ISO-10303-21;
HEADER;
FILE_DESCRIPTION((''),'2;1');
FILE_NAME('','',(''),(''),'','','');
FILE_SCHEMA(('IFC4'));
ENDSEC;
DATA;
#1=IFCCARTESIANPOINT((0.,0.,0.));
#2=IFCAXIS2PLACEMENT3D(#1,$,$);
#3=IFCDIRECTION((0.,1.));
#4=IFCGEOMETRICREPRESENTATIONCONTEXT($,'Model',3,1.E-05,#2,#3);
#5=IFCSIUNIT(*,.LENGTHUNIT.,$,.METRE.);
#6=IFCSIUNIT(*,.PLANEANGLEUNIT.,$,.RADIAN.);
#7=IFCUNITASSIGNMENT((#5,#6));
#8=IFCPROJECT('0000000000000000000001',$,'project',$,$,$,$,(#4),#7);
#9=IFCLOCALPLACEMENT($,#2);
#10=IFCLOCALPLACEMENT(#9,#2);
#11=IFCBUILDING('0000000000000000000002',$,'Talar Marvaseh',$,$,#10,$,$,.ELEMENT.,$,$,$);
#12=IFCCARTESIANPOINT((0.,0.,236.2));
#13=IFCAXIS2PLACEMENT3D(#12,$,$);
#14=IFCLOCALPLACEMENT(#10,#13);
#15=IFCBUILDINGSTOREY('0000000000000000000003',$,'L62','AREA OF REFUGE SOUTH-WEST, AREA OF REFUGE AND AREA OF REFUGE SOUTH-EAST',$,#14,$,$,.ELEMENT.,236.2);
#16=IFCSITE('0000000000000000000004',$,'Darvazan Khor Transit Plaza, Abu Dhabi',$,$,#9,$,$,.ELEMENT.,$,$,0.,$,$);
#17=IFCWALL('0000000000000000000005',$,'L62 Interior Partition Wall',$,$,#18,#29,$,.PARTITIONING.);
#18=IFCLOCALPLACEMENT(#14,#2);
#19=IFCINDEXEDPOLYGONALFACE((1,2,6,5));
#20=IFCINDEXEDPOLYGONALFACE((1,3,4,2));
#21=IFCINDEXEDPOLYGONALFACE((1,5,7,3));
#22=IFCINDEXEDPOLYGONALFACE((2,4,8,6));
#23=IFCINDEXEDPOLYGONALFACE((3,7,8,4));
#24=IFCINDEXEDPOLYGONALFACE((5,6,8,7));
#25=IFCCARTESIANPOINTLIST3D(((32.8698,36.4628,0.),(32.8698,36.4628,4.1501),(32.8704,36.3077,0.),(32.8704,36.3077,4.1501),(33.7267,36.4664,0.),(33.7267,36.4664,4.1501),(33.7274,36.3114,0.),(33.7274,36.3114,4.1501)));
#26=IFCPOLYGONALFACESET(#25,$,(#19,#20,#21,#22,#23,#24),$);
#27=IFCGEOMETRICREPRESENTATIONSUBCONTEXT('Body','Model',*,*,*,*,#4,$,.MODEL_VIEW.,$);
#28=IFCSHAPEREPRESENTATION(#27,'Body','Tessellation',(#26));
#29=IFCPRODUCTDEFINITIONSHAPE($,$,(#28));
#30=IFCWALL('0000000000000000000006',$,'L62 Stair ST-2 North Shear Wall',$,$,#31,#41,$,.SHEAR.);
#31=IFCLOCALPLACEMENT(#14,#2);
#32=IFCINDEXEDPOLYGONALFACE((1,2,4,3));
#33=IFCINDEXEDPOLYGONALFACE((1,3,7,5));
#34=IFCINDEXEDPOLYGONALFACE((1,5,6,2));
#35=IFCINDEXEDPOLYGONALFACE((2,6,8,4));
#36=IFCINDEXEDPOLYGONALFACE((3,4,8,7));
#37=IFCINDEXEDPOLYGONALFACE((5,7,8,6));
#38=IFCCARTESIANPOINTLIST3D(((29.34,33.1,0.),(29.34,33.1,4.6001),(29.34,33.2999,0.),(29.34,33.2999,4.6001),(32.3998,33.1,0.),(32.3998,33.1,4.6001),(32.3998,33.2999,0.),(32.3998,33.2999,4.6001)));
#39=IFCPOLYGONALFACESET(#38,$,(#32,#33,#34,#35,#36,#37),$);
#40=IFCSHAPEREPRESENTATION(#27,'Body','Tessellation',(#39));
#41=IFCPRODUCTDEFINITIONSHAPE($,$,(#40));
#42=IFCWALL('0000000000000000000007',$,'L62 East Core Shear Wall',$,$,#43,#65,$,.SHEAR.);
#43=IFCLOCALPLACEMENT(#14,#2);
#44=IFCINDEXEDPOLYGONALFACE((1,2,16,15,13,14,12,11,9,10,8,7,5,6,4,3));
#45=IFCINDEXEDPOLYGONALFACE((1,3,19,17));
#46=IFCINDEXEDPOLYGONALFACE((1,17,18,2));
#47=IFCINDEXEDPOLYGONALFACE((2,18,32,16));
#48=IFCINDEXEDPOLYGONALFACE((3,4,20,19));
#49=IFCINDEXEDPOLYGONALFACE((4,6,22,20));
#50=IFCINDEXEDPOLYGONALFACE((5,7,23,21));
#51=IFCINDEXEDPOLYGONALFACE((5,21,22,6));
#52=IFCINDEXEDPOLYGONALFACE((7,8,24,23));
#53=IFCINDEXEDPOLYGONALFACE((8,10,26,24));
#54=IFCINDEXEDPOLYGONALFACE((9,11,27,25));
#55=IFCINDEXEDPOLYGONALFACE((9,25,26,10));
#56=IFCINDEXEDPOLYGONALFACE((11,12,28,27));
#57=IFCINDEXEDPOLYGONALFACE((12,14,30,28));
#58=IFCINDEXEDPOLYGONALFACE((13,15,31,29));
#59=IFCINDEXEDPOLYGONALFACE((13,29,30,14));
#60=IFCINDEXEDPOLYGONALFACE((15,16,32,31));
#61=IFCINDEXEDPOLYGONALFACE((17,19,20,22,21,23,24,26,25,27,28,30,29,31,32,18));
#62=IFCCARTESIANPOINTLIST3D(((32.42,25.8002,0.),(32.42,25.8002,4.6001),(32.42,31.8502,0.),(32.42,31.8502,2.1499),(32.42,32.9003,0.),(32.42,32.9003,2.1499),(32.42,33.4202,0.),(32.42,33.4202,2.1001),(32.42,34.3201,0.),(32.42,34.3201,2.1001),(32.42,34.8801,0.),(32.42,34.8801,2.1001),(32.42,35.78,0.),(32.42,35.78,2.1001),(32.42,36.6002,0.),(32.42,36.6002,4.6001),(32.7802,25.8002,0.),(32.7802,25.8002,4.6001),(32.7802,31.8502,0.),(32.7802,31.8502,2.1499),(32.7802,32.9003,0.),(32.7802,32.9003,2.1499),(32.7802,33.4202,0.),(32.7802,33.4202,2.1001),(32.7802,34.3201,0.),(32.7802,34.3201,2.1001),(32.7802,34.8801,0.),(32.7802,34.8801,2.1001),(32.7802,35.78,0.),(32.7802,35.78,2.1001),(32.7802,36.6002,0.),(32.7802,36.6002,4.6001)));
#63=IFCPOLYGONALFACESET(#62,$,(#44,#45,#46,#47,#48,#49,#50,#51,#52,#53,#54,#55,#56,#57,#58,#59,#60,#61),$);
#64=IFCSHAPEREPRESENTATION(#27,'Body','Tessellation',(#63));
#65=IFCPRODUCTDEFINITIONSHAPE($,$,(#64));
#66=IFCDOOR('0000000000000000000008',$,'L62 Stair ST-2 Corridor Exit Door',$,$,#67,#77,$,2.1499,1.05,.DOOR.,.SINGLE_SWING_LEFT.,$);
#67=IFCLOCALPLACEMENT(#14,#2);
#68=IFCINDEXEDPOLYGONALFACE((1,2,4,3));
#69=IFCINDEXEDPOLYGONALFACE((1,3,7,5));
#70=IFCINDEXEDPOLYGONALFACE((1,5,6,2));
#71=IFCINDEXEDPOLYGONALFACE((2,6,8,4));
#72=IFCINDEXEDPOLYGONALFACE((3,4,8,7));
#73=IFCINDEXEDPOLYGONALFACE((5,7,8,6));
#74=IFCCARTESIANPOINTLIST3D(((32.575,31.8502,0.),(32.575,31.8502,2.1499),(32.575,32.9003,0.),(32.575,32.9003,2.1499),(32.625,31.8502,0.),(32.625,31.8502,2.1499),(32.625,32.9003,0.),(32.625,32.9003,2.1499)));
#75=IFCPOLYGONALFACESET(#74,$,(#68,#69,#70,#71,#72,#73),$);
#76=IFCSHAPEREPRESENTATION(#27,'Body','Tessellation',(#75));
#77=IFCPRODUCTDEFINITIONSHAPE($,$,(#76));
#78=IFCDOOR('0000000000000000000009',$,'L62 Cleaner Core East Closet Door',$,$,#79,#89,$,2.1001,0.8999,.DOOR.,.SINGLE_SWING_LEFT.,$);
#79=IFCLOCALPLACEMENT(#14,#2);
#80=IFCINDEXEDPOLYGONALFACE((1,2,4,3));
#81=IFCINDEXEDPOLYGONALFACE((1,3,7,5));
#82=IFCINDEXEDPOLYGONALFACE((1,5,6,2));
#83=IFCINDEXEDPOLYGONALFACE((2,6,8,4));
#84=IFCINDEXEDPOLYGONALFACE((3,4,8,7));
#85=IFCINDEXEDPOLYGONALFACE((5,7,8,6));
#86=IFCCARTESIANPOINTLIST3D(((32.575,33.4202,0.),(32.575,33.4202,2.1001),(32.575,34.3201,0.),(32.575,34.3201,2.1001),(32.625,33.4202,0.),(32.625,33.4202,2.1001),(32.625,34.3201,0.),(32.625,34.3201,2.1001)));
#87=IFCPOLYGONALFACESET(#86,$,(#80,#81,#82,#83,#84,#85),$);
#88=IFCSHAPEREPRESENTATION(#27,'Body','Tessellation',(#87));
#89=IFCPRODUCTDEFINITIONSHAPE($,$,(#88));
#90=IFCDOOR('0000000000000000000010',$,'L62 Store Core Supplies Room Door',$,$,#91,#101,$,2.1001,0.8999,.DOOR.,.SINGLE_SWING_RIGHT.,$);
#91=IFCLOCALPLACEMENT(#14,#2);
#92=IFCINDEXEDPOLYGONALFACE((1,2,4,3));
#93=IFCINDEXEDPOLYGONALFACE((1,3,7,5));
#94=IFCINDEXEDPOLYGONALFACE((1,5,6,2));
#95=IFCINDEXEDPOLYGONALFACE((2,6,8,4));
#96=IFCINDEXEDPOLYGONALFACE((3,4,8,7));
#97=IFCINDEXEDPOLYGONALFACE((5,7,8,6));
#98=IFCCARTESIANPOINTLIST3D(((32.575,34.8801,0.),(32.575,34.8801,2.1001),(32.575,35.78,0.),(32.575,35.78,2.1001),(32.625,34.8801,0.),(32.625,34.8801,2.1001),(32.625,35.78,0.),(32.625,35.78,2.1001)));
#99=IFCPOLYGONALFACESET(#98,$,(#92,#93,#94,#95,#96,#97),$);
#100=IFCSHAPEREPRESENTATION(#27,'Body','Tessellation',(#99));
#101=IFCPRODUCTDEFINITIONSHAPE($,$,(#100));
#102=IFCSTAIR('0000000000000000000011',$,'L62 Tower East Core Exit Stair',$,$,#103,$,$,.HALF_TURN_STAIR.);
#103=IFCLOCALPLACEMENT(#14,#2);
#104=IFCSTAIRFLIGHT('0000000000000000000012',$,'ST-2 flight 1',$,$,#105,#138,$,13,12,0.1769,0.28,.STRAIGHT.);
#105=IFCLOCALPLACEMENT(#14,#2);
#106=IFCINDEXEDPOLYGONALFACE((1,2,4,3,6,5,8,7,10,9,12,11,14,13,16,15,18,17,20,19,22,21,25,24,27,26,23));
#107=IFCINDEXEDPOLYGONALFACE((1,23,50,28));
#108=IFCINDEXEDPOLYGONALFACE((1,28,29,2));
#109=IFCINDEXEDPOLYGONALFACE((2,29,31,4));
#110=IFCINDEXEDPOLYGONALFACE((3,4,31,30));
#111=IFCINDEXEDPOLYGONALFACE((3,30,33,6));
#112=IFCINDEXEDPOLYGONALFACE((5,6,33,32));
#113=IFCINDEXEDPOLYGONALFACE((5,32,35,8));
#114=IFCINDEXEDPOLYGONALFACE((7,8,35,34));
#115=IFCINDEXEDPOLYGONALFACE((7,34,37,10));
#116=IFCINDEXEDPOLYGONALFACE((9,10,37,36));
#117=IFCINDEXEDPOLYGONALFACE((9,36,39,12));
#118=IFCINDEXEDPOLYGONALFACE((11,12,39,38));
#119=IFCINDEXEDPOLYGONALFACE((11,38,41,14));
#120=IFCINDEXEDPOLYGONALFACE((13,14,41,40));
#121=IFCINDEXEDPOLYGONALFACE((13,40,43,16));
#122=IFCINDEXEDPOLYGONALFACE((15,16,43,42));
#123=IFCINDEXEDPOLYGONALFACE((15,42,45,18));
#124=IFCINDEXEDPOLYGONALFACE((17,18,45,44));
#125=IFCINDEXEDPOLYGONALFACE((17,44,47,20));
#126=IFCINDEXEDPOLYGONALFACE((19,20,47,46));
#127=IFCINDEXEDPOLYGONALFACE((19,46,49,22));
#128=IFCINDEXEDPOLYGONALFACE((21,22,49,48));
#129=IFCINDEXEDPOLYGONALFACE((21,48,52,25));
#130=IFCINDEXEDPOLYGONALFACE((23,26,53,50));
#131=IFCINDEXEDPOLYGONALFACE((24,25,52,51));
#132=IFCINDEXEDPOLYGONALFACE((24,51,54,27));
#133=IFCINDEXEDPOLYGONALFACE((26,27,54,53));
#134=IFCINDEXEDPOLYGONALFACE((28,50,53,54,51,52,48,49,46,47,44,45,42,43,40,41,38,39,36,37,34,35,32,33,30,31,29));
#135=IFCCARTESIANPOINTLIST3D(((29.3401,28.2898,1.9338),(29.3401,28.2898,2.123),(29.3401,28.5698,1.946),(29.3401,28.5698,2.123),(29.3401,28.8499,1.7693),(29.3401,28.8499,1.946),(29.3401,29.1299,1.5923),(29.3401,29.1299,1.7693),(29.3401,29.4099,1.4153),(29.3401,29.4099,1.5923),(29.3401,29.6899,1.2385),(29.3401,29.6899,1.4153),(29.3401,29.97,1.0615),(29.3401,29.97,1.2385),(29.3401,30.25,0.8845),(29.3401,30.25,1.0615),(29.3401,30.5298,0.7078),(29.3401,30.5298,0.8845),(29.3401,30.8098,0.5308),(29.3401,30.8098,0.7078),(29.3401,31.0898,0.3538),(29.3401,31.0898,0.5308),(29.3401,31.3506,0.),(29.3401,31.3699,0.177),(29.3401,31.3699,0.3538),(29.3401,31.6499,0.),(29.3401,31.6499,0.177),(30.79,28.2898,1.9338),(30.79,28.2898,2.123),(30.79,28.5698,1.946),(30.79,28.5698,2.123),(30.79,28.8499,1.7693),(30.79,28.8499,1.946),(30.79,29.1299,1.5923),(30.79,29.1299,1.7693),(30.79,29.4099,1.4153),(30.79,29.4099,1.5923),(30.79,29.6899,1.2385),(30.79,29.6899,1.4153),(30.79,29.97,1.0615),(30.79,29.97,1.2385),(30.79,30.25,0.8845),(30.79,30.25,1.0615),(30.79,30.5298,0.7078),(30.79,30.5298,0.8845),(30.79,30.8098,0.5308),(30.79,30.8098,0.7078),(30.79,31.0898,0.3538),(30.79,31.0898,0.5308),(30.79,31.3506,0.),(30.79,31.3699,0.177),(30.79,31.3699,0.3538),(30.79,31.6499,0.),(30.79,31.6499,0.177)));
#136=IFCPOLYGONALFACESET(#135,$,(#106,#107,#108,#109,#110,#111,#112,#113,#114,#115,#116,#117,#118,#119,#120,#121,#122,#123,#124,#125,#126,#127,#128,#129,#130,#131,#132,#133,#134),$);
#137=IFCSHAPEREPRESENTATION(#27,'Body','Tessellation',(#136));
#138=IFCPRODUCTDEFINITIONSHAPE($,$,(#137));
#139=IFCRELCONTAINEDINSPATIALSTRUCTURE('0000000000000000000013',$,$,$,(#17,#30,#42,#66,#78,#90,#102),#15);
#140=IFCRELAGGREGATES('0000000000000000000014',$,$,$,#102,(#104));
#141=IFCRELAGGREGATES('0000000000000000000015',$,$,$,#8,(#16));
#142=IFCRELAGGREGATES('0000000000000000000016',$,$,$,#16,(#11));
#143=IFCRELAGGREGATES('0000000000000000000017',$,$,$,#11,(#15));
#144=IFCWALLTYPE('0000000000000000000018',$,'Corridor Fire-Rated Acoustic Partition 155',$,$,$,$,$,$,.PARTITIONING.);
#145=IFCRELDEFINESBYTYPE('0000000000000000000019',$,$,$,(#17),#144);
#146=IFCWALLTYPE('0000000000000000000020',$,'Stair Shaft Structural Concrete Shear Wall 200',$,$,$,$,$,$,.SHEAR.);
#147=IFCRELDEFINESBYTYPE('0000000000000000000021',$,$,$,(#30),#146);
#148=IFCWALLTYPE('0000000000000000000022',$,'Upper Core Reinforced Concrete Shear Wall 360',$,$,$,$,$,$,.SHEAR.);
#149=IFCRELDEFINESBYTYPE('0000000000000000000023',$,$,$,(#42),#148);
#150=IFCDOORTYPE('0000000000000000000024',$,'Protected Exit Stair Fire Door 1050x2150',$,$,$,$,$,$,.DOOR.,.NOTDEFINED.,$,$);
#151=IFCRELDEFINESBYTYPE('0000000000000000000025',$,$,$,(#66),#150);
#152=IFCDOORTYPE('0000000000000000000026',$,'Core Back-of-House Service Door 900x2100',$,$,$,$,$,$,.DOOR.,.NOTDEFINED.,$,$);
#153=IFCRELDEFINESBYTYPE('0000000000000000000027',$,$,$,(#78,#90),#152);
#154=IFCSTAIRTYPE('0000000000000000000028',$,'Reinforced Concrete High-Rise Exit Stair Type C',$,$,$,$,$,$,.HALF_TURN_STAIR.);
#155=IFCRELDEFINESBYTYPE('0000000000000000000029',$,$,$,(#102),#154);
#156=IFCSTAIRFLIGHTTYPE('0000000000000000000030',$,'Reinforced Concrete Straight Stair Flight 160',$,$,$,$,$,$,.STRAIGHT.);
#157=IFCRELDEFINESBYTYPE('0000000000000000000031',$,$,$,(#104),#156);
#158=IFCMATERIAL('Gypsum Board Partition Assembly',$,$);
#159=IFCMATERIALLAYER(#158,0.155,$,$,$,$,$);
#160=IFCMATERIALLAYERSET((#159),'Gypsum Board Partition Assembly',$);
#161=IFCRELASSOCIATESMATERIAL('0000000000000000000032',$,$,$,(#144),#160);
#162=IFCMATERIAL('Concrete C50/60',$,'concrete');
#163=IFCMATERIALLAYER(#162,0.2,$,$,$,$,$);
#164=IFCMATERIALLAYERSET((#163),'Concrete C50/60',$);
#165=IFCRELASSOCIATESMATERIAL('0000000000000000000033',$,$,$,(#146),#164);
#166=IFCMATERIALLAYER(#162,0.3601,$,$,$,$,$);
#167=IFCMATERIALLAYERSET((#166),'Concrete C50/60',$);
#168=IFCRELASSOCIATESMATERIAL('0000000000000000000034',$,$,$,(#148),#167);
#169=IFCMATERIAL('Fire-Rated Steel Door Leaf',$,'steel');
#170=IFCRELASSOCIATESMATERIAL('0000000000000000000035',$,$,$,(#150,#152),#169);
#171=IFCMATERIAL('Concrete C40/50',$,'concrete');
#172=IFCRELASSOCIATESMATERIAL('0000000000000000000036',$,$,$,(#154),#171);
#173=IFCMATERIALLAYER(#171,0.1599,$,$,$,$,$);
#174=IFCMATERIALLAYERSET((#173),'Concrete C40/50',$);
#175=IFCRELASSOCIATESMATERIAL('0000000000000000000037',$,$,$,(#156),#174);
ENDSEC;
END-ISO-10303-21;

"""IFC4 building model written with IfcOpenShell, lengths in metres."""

from ifc_helpers import new_model, si_unit, direction, frame, frame_2d, origin, place, context, subcontext, project, spatial, polyline, rectangle, outline, extrude, source, transform, mapped, material, layer, layer_set, type_object, type_shapes, element, fill, aggregate, save


model = new_model("IFC4")

# Units and contexts
model_context = context("Model", 3, precision=1e-05, world=origin(), true_north=direction((0.0, 1.0)))
body_context = subcontext(model_context, "Body", "Model", "MODEL_VIEW")
ifc_project = project(units=[si_unit("LENGTHUNIT", "METRE"), si_unit("PLANEANGLEUNIT", "RADIAN")], contexts=[model_context])

# Site, building, storey
site_placement = place(None, origin())
site = spatial("IfcSite", under=ifc_project, at=site_placement, Name="Darvazan Khor Transit Plaza, Abu Dhabi", CompositionType="ELEMENT", RefElevation=0.0)
building_placement = place(site_placement, origin())
building = spatial("IfcBuilding", under=site, at=building_placement, Name="Talar Marvaseh", CompositionType="ELEMENT")
storey_placement = place(building_placement, frame((0.0, 0.0, 236.2)))
storey = spatial("IfcBuildingStorey", under=building, at=storey_placement, Name="L62", Description="AREA OF REFUGE SOUTH-WEST, AREA OF REFUGE AND AREA OF REFUGE SOUTH-EAST", CompositionType="ELEMENT", Elevation=236.2)

# Shared definitions
ifc_material_1 = material(Name="Concrete C40/50", Category="concrete")

# Walls
ifc_material_2 = material(Name="Gypsum Board Partition Assembly")
ifc_layer_1 = layer(ifc_material_2, 0.155)
ifc_layer_set_1 = layer_set([ifc_layer_1], Name="Gypsum Board Partition Assembly")
wall_type_1 = type_object("IfcWallType", Name="Corridor Fire-Rated Acoustic Partition 155", PredefinedType="PARTITIONING", material=ifc_layer_set_1)
wall_1_placement = place(storey_placement, frame((32.8701, 36.3853, 0.0), z_axis=(0.0, 0.0, 1.0), x_axis=(0.999991, 0.004273, 0.0)))
element("IfcWall", 1, at=wall_1_placement, inside=storey, type_object=wall_type_1, Name="L62 Interior Partition Wall", PredefinedType="PARTITIONING", context=body_context, shape_type="SweptSolid", body=[
    extrude(rectangle(XDim=0.8569, YDim=0.155, at=frame_2d((0.4285, 0.0))), origin(), (0.0, 0.0, 1.0), 4.1501),
])
ifc_material_3 = material(Name="Concrete C50/60", Category="concrete")
ifc_layer_2 = layer(ifc_material_3, 0.2)
ifc_layer_set_2 = layer_set([ifc_layer_2], Name="Concrete C50/60")
wall_type_2 = type_object("IfcWallType", Name="Stair Shaft Structural Concrete Shear Wall 200", PredefinedType="SHEAR", material=ifc_layer_set_2)
wall_2_placement = place(storey_placement, frame((29.3401, 33.2, 0.0), z_axis=(0.0, 0.0, 1.0), x_axis=(1.0, 0.0, 0.0)))
element("IfcWall", 2, at=wall_2_placement, inside=storey, type_object=wall_type_2, Name="L62 Stair ST-2 North Shear Wall", PredefinedType="SHEAR", context=body_context, shape_type="SweptSolid", body=[
    extrude(rectangle(XDim=3.0598, YDim=0.2, at=frame_2d((1.5298, 0.0))), origin(), (0.0, 0.0, 1.0), 4.6001),
])

# Wall, openings, doors
ifc_layer_3 = layer(ifc_material_3, 0.3601)
ifc_layer_set_3 = layer_set([ifc_layer_3], Name="Concrete C50/60")
wall_type_3 = type_object("IfcWallType", Name="Upper Core Reinforced Concrete Shear Wall 360", PredefinedType="SHEAR", material=ifc_layer_set_3)
wall_3_placement = place(storey_placement, frame((32.6001, 36.6001, 0.0), z_axis=(0.0, 0.0, 1.0), x_axis=(0.0, -1.0, 0.0)))
wall_3 = element("IfcWall", 3, at=wall_3_placement, inside=storey, type_object=wall_type_3, Name="L62 East Core Shear Wall", PredefinedType="SHEAR", context=body_context, shape_type="SweptSolid", body=[
    extrude(rectangle(XDim=10.8, YDim=0.3601, at=frame_2d((5.3999, 0.0))), origin(), (0.0, 0.0, 1.0), 4.6001),
])
opening_1_placement = place(wall_3_placement, frame((3.7, 0.0, 0.0)))
opening_1 = element("IfcOpeningElement", 4, at=opening_1_placement, cuts=wall_3, PredefinedType="OPENING", context=body_context, shape_type="SweptSolid", body=[
    extrude(rectangle(XDim=1.05, YDim=2.1499, at=frame_2d((0.5249, 1.075))), frame((0.0, 0.1899, 0.0), z_axis=(0.0, -1.0, 0.0), x_axis=(1.0, 0.0, 0.0)), (0.0, 0.0, 1.0), 0.3801),
])
opening_2_placement = place(wall_3_placement, frame((2.28, 0.0, 0.0)))
opening_2 = element("IfcOpeningElement", 5, at=opening_2_placement, cuts=wall_3, PredefinedType="OPENING", context=body_context, shape_type="SweptSolid", body=[
    extrude(rectangle(XDim=0.8999, YDim=2.1001, at=frame_2d((0.45, 1.05))), frame((0.0, 0.1899, 0.0), z_axis=(0.0, -1.0, 0.0), x_axis=(1.0, 0.0, 0.0)), (0.0, 0.0, 1.0), 0.3801),
])
opening_3_placement = place(wall_3_placement, frame((0.8201, 0.0, 0.0)))
opening_3 = element("IfcOpeningElement", 6, at=opening_3_placement, cuts=wall_3, PredefinedType="OPENING", context=body_context, shape_type="SweptSolid", body=[
    extrude(rectangle(XDim=0.8999, YDim=2.1001, at=frame_2d((0.45, 1.05))), frame((0.0, 0.1899, 0.0), z_axis=(0.0, -1.0, 0.0), x_axis=(1.0, 0.0, 0.0)), (0.0, 0.0, 1.0), 0.3801),
])
ifc_material_4 = material(Name="Fire-Rated Steel Door Leaf", Category="steel")
door_type_1 = type_object("IfcDoorType", Name="Protected Exit Stair Fire Door 1050x2150", OperationType="NOTDEFINED", PredefinedType="DOOR", material=ifc_material_4)
shared_shape_1 = source(origin(), body_context, "Body", "SweptSolid", [
    extrude(rectangle(XDim=1.05, YDim=2.1499, at=frame_2d((0.5249, 1.075))), frame((0.0, 0.0249, 0.0), z_axis=(0.0, -1.0, 0.0), x_axis=(1.0, 0.0, 0.0)), (0.0, 0.0, 1.0), 0.05),
])
type_shapes(door_type_1, [shared_shape_1])
door_1_placement = place(opening_1_placement, origin())
door_1 = element("IfcDoor", 7, at=door_1_placement, inside=storey, type_object=door_type_1, Name="L62 Stair ST-2 Corridor Exit Door", OperationType="SINGLE_SWING_LEFT", OverallHeight=2.1499, OverallWidth=1.05, PredefinedType="DOOR", context=body_context, shape_type="MappedRepresentation", body=[
    mapped(shared_shape_1, transform((0.0, 0.0, 0.0), x_axis=(1.0, 0.0, 0.0), y_axis=(0.0, 1.0, 0.0), z_axis=(0.0, 0.0, 1.0), scale=1.0)),
])
fill(opening_1, door_1)
door_type_2 = type_object("IfcDoorType", Name="Core Back-of-House Service Door 900x2100", OperationType="NOTDEFINED", PredefinedType="DOOR", material=ifc_material_4)
shared_shape_2 = source(origin(), body_context, "Body", "SweptSolid", [
    extrude(rectangle(XDim=0.8999, YDim=2.1001, at=frame_2d((0.45, 1.05))), frame((0.0, 0.0249, 0.0), z_axis=(0.0, -1.0, 0.0), x_axis=(1.0, 0.0, 0.0)), (0.0, 0.0, 1.0), 0.05),
])
type_shapes(door_type_2, [shared_shape_2])
door_2_placement = place(opening_2_placement, origin())
door_2 = element("IfcDoor", 8, at=door_2_placement, inside=storey, type_object=door_type_2, Name="L62 Cleaner Core East Closet Door", OperationType="SINGLE_SWING_LEFT", OverallHeight=2.1001, OverallWidth=0.8999, PredefinedType="DOOR", context=body_context, shape_type="MappedRepresentation", body=[
    mapped(shared_shape_2, transform((0.0, 0.0, 0.0), x_axis=(1.0, 0.0, 0.0), y_axis=(0.0, 1.0, 0.0), z_axis=(0.0, 0.0, 1.0), scale=1.0)),
])
fill(opening_2, door_2)
door_3_placement = place(opening_3_placement, origin())
door_3 = element("IfcDoor", 9, at=door_3_placement, inside=storey, type_object=door_type_2, Name="L62 Store Core Supplies Room Door", OperationType="SINGLE_SWING_RIGHT", OverallHeight=2.1001, OverallWidth=0.8999, PredefinedType="DOOR", context=body_context, shape_type="MappedRepresentation", body=[
    mapped(shared_shape_2, transform((0.0, 0.0, 0.0), x_axis=(1.0, 0.0, 0.0), y_axis=(0.0, 1.0, 0.0), z_axis=(0.0, 0.0, 1.0), scale=1.0)),
])
fill(opening_3, door_3)

# Stair, stair flight
stair_type = type_object("IfcStairType", Name="Reinforced Concrete High-Rise Exit Stair Type C", PredefinedType="HALF_TURN_STAIR", material=ifc_material_1)
stair_placement = place(storey_placement, origin())
stair = element("IfcStair", 10, at=stair_placement, inside=storey, type_object=stair_type, Name="L62 Tower East Core Exit Stair", PredefinedType="HALF_TURN_STAIR")
ifc_layer_4 = layer(ifc_material_1, 0.1599)
ifc_layer_set_4 = layer_set([ifc_layer_4], Name="Concrete C40/50")
stair_flight_type = type_object("IfcStairFlightType", Name="Reinforced Concrete Straight Stair Flight 160", PredefinedType="STRAIGHT", material=ifc_layer_set_4)
stair_flight_placement = place(storey_placement, frame((30.0649, 31.6499, 0.0), z_axis=(0.0, 0.0, 1.0), x_axis=(0.0, -1.0, 0.0)))
stair_flight = element("IfcStairFlight", 11, at=stair_flight_placement, type_object=stair_flight_type, Name="ST-2 flight 1", NumberOfRisers=13, NumberOfTreads=12, PredefinedType="STRAIGHT", RiserHeight=0.1769, TreadLength=0.28, context=body_context, shape_type="SweptSolid", body=[
    extrude(outline(polyline([(0.0, 0.0), (0.0, 0.177), (0.28, 0.177), (0.28, 0.3538), (0.5601, 0.3538), (0.5601, 0.5308), (0.8401, 0.5308), (0.8401, 0.7078), (1.1201, 0.7078), (1.1201, 0.8845), (1.3999, 0.8845), (1.3999, 1.0615), (1.6799, 1.0615), (1.6799, 1.2385), (1.96, 1.2385), (1.96, 1.4153), (2.24, 1.4153), (2.24, 1.5923), (2.52, 1.5923), (2.52, 1.7693), (2.8, 1.7693), (2.8, 1.946), (3.0801, 1.946), (3.0801, 2.123), (3.3601, 2.123), (3.3601, 2.3), (3.3601, 1.9338), (0.2993, 0.0), (0.0, 0.0)])), frame((0.0, 0.7251, 0.0), z_axis=(0.0, -1.0, 0.0), x_axis=(1.0, 0.0, 0.0)), (0.0, 0.0, 1.0), 1.45),
])
aggregate(stair, [stair_flight])

save(model, "model.ifc")
